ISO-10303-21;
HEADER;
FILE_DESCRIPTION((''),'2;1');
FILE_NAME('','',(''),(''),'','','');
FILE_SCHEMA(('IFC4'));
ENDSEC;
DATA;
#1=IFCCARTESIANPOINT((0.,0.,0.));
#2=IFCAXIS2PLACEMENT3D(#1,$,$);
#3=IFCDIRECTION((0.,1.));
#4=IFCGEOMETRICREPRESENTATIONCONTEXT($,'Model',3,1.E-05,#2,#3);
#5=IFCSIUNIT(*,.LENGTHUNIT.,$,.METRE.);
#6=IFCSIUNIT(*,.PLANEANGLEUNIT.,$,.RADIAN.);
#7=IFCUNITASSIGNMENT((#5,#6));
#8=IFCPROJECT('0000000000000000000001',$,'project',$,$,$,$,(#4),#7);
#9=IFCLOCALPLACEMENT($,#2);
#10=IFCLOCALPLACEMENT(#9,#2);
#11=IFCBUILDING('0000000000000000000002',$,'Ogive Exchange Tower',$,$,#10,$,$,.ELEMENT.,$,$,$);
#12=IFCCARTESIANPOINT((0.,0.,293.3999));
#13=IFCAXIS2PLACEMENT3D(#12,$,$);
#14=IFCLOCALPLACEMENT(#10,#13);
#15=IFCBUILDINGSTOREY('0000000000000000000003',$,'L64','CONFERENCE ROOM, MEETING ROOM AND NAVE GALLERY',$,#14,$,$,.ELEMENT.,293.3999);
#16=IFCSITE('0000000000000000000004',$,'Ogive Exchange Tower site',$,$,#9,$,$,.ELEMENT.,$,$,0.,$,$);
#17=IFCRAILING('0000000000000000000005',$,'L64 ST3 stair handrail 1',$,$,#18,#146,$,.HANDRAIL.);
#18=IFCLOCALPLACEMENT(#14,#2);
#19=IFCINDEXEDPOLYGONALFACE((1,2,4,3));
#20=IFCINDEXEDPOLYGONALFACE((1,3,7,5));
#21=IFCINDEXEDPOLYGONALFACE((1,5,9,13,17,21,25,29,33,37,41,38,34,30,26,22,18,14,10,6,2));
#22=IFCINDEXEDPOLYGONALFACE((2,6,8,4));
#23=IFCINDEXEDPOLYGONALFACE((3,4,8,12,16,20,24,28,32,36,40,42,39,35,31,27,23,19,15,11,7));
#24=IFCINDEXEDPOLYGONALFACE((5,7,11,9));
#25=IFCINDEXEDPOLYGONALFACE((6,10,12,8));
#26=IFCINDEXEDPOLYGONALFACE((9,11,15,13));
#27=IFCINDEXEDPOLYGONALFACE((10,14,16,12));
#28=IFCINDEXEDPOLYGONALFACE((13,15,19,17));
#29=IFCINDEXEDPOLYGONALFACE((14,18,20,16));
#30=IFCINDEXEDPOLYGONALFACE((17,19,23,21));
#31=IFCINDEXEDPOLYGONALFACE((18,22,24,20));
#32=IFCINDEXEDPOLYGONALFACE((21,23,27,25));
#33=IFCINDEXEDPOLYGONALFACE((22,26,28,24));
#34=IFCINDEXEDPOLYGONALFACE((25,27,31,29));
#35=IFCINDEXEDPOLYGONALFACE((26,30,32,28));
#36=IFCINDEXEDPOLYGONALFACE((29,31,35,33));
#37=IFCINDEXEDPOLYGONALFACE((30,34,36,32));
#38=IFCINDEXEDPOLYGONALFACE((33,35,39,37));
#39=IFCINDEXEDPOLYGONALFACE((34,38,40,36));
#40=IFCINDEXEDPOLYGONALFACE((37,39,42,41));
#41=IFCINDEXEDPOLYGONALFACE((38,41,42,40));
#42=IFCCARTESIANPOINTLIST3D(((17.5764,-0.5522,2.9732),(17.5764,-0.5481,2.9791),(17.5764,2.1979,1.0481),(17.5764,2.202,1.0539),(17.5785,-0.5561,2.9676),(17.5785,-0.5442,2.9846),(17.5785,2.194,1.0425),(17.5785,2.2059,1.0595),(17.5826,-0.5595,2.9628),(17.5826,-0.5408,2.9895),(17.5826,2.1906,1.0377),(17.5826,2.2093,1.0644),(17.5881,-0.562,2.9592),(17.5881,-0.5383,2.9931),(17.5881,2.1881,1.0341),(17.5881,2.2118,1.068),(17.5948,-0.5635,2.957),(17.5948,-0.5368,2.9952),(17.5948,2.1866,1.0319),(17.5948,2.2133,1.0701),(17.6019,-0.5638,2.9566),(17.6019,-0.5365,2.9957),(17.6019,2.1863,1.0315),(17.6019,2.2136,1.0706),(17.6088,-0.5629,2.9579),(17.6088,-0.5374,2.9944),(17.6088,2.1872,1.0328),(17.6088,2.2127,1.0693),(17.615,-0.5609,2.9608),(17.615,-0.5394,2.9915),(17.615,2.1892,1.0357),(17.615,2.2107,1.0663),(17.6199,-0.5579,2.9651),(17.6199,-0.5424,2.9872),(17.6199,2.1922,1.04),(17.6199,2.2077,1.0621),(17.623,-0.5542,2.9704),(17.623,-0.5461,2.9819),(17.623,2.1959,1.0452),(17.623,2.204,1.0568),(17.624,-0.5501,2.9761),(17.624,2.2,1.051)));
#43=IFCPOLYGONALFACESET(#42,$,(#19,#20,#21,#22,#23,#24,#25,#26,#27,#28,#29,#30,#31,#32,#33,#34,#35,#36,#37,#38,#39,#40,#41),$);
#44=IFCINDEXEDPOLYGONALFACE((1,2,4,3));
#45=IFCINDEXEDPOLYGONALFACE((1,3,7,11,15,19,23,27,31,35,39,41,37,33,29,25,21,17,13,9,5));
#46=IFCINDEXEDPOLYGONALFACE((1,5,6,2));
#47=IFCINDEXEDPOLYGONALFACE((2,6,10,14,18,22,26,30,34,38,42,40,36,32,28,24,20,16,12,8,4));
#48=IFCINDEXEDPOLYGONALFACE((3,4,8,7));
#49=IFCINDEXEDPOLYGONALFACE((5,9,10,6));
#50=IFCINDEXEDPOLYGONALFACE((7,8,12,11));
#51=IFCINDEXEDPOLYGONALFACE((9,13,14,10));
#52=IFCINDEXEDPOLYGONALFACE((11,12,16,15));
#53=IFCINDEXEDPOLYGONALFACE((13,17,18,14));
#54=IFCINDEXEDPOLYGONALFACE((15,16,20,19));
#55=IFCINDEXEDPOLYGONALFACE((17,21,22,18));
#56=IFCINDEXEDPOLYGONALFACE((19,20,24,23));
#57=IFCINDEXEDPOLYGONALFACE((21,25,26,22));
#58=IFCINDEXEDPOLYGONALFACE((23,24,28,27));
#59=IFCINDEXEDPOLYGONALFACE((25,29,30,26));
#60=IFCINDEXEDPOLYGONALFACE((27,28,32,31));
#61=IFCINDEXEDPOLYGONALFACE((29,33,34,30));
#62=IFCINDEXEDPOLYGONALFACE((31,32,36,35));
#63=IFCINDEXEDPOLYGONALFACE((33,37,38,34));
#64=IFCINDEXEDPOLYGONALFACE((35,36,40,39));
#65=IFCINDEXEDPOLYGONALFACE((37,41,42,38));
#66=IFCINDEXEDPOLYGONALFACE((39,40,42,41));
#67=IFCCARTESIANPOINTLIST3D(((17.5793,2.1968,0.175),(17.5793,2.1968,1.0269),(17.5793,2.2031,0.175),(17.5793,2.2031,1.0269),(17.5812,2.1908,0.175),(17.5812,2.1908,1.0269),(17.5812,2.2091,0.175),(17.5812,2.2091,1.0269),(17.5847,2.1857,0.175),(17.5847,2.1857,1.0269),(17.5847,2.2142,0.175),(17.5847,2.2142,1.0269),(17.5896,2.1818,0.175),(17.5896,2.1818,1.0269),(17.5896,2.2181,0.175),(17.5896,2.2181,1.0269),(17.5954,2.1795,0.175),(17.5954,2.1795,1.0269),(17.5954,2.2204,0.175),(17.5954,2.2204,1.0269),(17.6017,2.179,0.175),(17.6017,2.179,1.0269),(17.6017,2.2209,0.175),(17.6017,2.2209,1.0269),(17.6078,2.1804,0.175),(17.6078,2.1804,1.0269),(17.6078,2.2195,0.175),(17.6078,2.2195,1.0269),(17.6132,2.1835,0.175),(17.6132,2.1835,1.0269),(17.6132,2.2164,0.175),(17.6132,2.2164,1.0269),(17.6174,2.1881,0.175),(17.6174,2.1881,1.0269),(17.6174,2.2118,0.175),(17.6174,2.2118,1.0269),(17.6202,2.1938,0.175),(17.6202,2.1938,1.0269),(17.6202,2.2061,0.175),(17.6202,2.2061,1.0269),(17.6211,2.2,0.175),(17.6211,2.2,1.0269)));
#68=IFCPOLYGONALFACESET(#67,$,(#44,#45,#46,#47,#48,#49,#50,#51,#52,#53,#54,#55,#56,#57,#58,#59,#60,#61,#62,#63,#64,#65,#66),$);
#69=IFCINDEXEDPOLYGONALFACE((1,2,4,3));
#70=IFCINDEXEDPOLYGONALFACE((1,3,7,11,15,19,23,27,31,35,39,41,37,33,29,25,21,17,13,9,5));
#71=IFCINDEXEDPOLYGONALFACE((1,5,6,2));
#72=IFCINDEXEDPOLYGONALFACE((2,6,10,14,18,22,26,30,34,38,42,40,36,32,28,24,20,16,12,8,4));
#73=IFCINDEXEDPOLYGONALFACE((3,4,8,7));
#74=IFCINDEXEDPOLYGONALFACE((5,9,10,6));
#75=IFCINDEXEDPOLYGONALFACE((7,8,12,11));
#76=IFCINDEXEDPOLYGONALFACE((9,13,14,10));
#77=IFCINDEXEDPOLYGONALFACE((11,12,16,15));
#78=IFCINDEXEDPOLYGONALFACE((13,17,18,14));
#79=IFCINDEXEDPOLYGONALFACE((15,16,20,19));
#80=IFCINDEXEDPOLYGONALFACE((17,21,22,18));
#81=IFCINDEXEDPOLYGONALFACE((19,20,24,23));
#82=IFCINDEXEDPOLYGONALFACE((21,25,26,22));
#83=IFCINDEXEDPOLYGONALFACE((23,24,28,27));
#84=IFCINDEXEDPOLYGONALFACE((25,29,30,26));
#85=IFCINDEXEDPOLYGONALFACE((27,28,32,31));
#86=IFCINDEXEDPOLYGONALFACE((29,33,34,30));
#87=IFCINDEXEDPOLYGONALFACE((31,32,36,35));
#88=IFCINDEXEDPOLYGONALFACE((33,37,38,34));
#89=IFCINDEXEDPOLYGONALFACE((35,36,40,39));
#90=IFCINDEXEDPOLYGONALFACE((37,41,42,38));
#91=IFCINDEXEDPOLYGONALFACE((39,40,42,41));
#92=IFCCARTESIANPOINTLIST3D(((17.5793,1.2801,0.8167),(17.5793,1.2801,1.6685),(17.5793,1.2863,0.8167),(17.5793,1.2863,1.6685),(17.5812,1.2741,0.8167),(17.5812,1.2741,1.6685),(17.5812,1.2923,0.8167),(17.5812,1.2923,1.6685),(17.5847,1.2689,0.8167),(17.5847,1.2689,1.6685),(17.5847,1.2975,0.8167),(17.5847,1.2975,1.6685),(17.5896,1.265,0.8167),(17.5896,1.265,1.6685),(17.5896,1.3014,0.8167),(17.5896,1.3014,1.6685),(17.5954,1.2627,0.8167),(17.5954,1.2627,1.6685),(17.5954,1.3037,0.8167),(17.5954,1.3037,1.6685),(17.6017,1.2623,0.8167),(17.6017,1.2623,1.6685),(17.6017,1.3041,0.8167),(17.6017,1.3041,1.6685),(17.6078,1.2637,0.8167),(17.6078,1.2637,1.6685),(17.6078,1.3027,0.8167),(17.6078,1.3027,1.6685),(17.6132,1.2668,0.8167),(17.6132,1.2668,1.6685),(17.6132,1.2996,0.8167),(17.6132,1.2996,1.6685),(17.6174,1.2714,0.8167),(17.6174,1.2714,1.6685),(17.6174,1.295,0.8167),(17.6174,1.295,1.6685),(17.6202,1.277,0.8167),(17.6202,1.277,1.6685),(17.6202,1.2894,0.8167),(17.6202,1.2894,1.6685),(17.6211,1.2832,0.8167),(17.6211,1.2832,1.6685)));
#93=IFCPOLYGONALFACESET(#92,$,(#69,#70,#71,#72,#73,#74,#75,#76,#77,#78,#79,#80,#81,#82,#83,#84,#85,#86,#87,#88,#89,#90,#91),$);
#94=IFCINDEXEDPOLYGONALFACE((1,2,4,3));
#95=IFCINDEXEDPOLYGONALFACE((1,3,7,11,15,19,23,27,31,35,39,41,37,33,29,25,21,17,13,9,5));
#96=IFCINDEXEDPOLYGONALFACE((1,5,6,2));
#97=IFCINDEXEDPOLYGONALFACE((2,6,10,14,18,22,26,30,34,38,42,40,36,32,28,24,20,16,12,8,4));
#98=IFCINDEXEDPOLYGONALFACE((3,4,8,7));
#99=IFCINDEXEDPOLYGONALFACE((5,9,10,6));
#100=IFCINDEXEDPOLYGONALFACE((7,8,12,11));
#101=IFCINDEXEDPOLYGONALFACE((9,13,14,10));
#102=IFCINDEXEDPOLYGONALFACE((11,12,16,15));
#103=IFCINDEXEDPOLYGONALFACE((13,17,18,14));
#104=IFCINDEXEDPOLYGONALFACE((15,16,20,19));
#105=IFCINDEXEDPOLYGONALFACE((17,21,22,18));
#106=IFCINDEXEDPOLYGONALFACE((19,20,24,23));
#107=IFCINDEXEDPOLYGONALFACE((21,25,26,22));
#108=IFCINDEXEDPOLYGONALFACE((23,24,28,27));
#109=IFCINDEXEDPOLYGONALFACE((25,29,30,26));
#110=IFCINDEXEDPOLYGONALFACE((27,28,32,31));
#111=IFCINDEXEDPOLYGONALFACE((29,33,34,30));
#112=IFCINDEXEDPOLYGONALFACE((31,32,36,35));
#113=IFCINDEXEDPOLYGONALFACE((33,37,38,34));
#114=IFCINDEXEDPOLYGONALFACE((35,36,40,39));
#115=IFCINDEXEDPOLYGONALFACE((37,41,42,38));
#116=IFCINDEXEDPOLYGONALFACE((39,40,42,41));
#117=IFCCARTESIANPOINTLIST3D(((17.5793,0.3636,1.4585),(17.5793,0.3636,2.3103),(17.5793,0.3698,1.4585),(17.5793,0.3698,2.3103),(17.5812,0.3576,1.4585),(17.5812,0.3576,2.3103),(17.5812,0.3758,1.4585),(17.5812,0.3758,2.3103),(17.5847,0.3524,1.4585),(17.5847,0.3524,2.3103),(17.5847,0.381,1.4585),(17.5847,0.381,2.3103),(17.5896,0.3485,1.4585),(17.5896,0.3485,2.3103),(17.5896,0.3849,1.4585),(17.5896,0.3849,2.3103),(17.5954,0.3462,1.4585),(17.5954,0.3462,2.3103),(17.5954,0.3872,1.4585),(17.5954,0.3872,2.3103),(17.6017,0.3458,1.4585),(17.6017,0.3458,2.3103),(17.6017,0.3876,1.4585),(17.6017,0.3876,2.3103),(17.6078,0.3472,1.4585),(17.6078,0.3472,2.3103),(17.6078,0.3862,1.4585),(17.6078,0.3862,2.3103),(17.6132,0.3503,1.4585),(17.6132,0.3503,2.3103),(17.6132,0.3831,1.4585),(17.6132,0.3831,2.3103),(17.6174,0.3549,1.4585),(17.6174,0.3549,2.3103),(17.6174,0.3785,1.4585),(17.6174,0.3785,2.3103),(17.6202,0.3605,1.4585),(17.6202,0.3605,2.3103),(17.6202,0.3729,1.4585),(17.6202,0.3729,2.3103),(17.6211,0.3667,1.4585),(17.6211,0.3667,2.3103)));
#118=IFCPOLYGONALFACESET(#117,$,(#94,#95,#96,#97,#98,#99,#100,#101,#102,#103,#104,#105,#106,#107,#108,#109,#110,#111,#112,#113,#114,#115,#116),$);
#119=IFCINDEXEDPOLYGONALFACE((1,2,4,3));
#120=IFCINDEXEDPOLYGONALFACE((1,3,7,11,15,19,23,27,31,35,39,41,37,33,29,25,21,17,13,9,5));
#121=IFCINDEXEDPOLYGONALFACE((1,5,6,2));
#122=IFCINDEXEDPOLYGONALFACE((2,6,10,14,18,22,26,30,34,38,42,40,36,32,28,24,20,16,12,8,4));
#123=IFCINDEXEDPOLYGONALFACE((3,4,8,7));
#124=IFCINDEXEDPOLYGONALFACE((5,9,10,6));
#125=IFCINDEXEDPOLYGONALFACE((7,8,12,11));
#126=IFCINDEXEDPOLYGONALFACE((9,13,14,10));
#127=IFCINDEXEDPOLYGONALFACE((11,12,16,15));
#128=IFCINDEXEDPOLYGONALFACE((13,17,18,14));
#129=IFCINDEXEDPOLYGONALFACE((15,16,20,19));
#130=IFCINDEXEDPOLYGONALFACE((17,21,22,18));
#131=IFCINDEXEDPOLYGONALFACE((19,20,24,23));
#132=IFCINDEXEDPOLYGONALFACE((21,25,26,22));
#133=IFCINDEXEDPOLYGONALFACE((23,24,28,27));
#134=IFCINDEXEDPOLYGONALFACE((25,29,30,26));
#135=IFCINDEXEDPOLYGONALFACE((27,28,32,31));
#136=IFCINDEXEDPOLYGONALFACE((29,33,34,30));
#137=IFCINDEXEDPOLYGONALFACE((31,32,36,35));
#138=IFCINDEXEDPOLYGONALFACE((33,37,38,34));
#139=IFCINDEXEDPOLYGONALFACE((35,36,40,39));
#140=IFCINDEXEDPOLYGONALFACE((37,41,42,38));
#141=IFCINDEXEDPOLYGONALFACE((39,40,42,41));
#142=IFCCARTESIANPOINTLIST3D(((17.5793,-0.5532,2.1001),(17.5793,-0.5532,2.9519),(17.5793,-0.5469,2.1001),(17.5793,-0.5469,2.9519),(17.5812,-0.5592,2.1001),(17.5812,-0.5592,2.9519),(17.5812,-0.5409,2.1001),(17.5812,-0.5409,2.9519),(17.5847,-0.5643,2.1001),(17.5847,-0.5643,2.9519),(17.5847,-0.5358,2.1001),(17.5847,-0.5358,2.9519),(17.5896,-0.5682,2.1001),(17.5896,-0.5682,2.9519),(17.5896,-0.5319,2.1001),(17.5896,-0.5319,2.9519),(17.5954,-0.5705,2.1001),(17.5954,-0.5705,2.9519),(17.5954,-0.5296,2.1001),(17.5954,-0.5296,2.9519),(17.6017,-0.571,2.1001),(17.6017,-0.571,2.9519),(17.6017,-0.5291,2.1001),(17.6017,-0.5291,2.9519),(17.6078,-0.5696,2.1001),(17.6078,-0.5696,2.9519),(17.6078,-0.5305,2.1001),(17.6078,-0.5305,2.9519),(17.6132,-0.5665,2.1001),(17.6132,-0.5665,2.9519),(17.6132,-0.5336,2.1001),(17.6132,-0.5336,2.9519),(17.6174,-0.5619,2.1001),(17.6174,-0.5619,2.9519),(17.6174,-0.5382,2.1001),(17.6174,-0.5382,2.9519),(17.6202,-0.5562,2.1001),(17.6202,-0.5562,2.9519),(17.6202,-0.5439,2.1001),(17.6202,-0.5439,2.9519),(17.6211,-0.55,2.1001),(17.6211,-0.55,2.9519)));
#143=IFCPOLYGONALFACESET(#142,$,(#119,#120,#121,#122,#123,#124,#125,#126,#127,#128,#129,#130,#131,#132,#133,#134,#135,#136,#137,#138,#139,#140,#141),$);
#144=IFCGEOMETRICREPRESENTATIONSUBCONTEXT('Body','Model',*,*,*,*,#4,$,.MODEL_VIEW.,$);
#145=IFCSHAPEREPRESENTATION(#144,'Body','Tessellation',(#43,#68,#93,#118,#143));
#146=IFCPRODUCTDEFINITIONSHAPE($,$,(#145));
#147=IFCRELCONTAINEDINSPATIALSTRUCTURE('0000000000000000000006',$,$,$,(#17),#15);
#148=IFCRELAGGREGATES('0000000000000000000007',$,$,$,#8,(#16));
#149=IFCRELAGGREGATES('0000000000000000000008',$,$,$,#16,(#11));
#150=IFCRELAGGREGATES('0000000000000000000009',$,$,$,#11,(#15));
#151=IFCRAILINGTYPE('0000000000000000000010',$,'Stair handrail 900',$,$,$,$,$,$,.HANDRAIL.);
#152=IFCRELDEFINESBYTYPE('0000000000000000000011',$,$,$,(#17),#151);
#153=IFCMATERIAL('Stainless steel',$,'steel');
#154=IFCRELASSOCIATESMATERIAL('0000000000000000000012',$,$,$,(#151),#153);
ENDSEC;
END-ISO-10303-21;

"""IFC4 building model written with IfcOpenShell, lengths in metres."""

from ifc_helpers import new_model, si_unit, direction, frame, origin, origin_2d, place, context, subcontext, project, spatial, circle, extrude, material, type_object, element, save


model = new_model("IFC4")

# Units and contexts
model_context = context("Model", 3, precision=1e-05, world=origin(), true_north=direction((0.0, 1.0)))
body_context = subcontext(model_context, "Body", "Model", "MODEL_VIEW")
ifc_project = project(units=[si_unit("LENGTHUNIT", "METRE"), si_unit("PLANEANGLEUNIT", "RADIAN")], contexts=[model_context])

# Site, building, storey
site_placement = place(None, origin())
site = spatial("IfcSite", under=ifc_project, at=site_placement, Name="Ogive Exchange Tower site", CompositionType="ELEMENT", RefElevation=0.0)
building_placement = place(site_placement, origin())
building = spatial("IfcBuilding", under=site, at=building_placement, Name="Ogive Exchange Tower", CompositionType="ELEMENT")
storey_placement = place(building_placement, frame((0.0, 0.0, 293.3999)))
storey = spatial("IfcBuildingStorey", under=building, at=storey_placement, Name="L64", Description="CONFERENCE ROOM, MEETING ROOM AND NAVE GALLERY", CompositionType="ELEMENT", Elevation=293.3999)

# Shared definitions
ifc_material_1 = material(Name="Stainless steel", Category="steel")

# Railing
railing_type = type_object("IfcRailingType", Name="Stair handrail 900", PredefinedType="HANDRAIL", material=ifc_material_1)
railing_placement = place(storey_placement, frame((17.6001, 2.2, 0.175)))
element("IfcRailing", 1, at=railing_placement, inside=storey, type_object=railing_type, Name="L64 ST3 stair handrail 1", PredefinedType="HANDRAIL", context=body_context, shape_type="SweptSolid", body=[
    extrude(circle(Radius=0.0239, at=origin_2d()), frame((0.0, 0.0, 0.876), z_axis=(0.0, -0.819225, 0.573472), x_axis=(1.0, 0.0, 0.0)), (0.0, 0.0, 1.0), 3.3569),
    extrude(circle(Radius=0.021, at=origin_2d()), origin(), (0.0, 0.0, 1.0), 0.8518),
    extrude(circle(Radius=0.021, at=origin_2d()), frame((0.0, -0.9167, 0.6416)), (0.0, 0.0, 1.0), 0.8518),
    extrude(circle(Radius=0.021, at=origin_2d()), frame((0.0, -1.8333, 1.2834)), (0.0, 0.0, 1.0), 0.8518),
    extrude(circle(Radius=0.021, at=origin_2d()), frame((0.0, -2.75, 1.925)), (0.0, 0.0, 1.0), 0.8518),
])

save(model, "model.ifc")
